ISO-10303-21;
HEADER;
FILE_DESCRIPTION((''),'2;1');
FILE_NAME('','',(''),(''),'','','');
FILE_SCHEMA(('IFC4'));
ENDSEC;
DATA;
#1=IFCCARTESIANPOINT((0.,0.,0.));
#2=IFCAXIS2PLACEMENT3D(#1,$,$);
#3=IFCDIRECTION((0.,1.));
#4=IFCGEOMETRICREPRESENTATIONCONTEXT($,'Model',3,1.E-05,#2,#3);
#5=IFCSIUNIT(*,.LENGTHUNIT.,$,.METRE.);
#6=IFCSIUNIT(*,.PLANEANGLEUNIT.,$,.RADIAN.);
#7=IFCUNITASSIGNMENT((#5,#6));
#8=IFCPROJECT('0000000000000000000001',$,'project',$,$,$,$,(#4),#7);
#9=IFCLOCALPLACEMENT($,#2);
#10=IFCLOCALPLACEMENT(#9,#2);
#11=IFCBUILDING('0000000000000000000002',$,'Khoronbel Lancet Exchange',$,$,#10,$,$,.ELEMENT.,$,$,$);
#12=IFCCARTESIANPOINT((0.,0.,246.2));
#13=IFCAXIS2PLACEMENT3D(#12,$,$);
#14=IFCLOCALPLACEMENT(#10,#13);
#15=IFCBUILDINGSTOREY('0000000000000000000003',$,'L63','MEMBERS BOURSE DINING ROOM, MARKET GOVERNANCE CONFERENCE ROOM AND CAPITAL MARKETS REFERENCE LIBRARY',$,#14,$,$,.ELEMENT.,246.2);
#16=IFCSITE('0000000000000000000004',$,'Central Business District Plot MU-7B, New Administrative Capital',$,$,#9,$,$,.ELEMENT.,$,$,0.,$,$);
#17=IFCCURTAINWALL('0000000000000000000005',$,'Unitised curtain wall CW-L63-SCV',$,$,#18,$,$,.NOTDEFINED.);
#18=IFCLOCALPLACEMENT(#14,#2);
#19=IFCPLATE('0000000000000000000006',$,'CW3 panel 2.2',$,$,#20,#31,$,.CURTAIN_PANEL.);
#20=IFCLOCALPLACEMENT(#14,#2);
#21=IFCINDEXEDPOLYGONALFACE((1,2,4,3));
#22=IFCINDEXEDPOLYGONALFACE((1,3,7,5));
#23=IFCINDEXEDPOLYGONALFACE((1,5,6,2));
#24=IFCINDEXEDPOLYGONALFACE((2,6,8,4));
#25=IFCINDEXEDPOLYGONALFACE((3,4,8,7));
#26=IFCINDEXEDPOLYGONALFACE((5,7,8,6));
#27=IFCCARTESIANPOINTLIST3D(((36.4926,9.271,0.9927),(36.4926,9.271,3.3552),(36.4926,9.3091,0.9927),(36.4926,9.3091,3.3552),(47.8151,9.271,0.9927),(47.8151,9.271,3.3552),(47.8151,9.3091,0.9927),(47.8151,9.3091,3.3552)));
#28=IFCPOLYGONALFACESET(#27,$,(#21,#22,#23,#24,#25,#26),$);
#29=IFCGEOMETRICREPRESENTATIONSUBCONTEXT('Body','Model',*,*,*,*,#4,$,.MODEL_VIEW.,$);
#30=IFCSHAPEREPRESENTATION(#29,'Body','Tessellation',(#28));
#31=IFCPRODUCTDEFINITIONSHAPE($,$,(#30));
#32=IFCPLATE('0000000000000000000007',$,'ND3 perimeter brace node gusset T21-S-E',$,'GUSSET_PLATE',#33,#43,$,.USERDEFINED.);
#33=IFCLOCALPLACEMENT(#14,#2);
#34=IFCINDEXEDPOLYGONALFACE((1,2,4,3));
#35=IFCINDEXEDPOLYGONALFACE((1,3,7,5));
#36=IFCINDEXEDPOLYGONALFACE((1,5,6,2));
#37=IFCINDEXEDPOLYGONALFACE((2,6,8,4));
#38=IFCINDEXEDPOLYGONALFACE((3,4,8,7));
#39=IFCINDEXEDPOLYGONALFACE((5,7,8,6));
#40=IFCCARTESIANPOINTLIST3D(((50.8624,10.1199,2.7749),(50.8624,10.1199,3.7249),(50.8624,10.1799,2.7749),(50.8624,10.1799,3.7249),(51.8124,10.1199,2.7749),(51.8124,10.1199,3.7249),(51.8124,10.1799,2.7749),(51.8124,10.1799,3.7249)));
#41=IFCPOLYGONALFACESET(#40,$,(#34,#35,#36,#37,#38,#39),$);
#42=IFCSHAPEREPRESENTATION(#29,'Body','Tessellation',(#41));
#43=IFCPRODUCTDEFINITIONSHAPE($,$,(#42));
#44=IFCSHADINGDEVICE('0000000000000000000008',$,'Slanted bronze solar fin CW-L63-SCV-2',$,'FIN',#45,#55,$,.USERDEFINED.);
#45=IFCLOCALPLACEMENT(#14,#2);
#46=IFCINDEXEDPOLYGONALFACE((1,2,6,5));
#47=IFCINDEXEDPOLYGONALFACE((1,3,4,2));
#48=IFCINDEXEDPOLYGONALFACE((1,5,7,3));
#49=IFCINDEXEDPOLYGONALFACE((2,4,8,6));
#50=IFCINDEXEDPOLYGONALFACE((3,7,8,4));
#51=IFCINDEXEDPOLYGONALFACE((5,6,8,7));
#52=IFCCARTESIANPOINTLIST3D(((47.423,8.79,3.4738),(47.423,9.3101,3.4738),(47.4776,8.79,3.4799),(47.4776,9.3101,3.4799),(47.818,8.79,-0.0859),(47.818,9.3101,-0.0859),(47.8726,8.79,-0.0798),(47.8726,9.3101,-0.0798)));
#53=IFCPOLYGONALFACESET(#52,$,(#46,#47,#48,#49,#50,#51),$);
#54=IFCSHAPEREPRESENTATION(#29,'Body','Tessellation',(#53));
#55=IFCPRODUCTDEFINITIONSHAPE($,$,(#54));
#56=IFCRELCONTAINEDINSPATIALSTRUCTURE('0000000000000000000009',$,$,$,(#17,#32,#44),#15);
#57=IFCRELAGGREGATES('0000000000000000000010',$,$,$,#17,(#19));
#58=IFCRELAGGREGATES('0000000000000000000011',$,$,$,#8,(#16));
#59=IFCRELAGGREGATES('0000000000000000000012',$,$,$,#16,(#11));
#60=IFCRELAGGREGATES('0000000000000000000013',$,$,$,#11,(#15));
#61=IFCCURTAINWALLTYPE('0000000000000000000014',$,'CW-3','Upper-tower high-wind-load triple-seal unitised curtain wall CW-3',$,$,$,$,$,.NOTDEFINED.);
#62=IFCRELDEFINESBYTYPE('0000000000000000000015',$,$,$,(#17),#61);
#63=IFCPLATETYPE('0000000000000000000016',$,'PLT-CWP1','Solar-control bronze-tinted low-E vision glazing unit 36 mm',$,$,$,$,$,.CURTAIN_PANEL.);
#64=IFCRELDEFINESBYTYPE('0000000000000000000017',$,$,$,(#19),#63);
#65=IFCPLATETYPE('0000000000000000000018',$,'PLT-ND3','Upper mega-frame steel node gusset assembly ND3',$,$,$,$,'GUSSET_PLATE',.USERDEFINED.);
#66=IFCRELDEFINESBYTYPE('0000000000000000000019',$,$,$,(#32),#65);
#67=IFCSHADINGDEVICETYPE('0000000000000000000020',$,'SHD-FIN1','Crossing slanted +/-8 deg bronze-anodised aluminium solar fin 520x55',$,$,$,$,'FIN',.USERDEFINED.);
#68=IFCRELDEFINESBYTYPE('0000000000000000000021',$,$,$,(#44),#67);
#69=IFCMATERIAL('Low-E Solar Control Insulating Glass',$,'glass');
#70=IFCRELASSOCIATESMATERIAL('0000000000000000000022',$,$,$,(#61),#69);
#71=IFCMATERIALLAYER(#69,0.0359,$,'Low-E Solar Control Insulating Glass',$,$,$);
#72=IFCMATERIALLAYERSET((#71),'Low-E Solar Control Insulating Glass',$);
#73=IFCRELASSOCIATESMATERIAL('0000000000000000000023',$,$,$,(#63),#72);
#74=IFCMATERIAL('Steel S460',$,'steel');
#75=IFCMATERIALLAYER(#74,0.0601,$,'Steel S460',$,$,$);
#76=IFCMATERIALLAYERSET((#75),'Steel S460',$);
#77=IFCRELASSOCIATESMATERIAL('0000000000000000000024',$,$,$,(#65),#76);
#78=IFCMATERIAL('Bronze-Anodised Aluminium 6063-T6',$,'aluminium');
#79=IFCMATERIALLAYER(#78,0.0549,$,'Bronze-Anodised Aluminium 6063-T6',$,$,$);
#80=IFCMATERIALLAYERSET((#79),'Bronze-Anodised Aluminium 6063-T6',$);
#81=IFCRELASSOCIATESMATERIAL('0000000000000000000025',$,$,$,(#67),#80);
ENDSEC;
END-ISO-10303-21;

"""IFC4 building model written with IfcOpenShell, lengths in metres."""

from ifc_helpers import new_model, si_unit, direction, frame, origin, origin_2d, place, context, subcontext, project, spatial, polyline, rectangle, outline, extrude, material, layer, layer_set, type_object, element, aggregate, save


model = new_model("IFC4")

# Units and contexts
model_context = context("Model", 3, precision=1e-05, world=origin(), true_north=direction((0.0, 1.0)))
body_context = subcontext(model_context, "Body", "Model", "MODEL_VIEW")
ifc_project = project(units=[si_unit("LENGTHUNIT", "METRE"), si_unit("PLANEANGLEUNIT", "RADIAN")], contexts=[model_context])

# Site, building, storey
site_placement = place(None, origin())
site = spatial("IfcSite", under=ifc_project, at=site_placement, Name="Central Business District Plot MU-7B, New Administrative Capital", CompositionType="ELEMENT", RefElevation=0.0)
building_placement = place(site_placement, origin())
building = spatial("IfcBuilding", under=site, at=building_placement, Name="Khoronbel Lancet Exchange", CompositionType="ELEMENT")
storey_placement = place(building_placement, frame((0.0, 0.0, 246.2)))
storey = spatial("IfcBuildingStorey", under=building, at=storey_placement, Name="L63", Description="MEMBERS BOURSE DINING ROOM, MARKET GOVERNANCE CONFERENCE ROOM AND CAPITAL MARKETS REFERENCE LIBRARY", CompositionType="ELEMENT", Elevation=246.2)

# Shared definitions
ifc_material_1 = material(Name="Steel S460", Category="steel")

# Curtain wall
ifc_material_2 = material(Name="Low-E Solar Control Insulating Glass", Category="glass")
curtain_wall_type = type_object("IfcCurtainWallType", Name="CW-3", Description="Upper-tower high-wind-load triple-seal unitised curtain wall CW-3", PredefinedType="NOTDEFINED", material=ifc_material_2)
curtain_wall_1_placement = place(storey_placement, origin())
curtain_wall_1 = element("IfcCurtainWall", 1, at=curtain_wall_1_placement, inside=storey, type_object=curtain_wall_type, Name="Unitised curtain wall CW-L63-SCV", PredefinedType="NOTDEFINED")
ifc_material_3 = material(Name="Bronze-Anodised Aluminium 6063-T6", Category="aluminium")

# Plates
ifc_layer_1 = layer(ifc_material_2, 0.0359, Name="Low-E Solar Control Insulating Glass")
ifc_layer_set_1 = layer_set([ifc_layer_1], Name="Low-E Solar Control Insulating Glass")
plate_type_1 = type_object("IfcPlateType", Name="PLT-CWP1", Description="Solar-control bronze-tinted low-E vision glazing unit 36 mm", PredefinedType="CURTAIN_PANEL", material=ifc_layer_set_1)
plate_1_placement = place(storey_placement, frame((42.1538, 9.29, 0.9927), z_axis=(0.0, 0.0, 1.0), x_axis=(1.0, 0.0, 0.0)))
plate_1 = element("IfcPlate", 2, at=plate_1_placement, type_object=plate_type_1, Name="CW3 panel 2.2", PredefinedType="CURTAIN_PANEL", context=body_context, shape_type="SweptSolid", body=[
    extrude(rectangle(XDim=11.3225, YDim=0.0381, at=origin_2d()), origin(), (0.0, 0.0, 1.0), 2.3625),
])
aggregate(curtain_wall_1, [plate_1])
ifc_layer_2 = layer(ifc_material_1, 0.0601, Name="Steel S460")
ifc_layer_set_2 = layer_set([ifc_layer_2], Name="Steel S460")
plate_type_2 = type_object("IfcPlateType", Name="PLT-ND3", Description="Upper mega-frame steel node gusset assembly ND3", ElementType="GUSSET_PLATE", PredefinedType="USERDEFINED", material=ifc_layer_set_2)
plate_2_placement = place(storey_placement, frame((51.3374, 10.1499, 2.7749), z_axis=(0.0, 0.0, 1.0), x_axis=(1.0, 0.0, 0.0)))
element("IfcPlate", 3, at=plate_2_placement, inside=storey, type_object=plate_type_2, Name="ND3 perimeter brace node gusset T21-S-E", ObjectType="GUSSET_PLATE", PredefinedType="USERDEFINED", context=body_context, shape_type="SweptSolid", body=[
    extrude(rectangle(XDim=0.95, YDim=0.0601, at=origin_2d()), origin(), (0.0, 0.0, 1.0), 0.95),
])

# Shading device
ifc_layer_3 = layer(ifc_material_3, 0.0549, Name="Bronze-Anodised Aluminium 6063-T6")
ifc_layer_set_3 = layer_set([ifc_layer_3], Name="Bronze-Anodised Aluminium 6063-T6")
shading_device_type = type_object("IfcShadingDeviceType", Name="SHD-FIN1", Description="Crossing slanted +/-8 deg bronze-anodised aluminium solar fin 520x55", ElementType="FIN", PredefinedType="USERDEFINED", material=ifc_layer_set_3)
shading_device_placement = place(storey_placement, frame((47.8726, 9.3101, -0.0798), z_axis=(0.9939, 0.0, 0.110289), x_axis=(0.0, -1.0, 0.0)))
element("IfcShadingDevice", 4, at=shading_device_placement, inside=storey, type_object=shading_device_type, Name="Slanted bronze solar fin CW-L63-SCV-2", ObjectType="FIN", PredefinedType="USERDEFINED", context=body_context, shape_type="SweptSolid", body=[
    extrude(outline(polyline([(0.0, 0.0), (0.52, 0.0), (0.52, -3.5815), (0.0, -3.5815), (0.0, 0.0)])), origin(), (0.0, 0.0, -1.0), 0.0549),
])

save(model, "model.ifc")
